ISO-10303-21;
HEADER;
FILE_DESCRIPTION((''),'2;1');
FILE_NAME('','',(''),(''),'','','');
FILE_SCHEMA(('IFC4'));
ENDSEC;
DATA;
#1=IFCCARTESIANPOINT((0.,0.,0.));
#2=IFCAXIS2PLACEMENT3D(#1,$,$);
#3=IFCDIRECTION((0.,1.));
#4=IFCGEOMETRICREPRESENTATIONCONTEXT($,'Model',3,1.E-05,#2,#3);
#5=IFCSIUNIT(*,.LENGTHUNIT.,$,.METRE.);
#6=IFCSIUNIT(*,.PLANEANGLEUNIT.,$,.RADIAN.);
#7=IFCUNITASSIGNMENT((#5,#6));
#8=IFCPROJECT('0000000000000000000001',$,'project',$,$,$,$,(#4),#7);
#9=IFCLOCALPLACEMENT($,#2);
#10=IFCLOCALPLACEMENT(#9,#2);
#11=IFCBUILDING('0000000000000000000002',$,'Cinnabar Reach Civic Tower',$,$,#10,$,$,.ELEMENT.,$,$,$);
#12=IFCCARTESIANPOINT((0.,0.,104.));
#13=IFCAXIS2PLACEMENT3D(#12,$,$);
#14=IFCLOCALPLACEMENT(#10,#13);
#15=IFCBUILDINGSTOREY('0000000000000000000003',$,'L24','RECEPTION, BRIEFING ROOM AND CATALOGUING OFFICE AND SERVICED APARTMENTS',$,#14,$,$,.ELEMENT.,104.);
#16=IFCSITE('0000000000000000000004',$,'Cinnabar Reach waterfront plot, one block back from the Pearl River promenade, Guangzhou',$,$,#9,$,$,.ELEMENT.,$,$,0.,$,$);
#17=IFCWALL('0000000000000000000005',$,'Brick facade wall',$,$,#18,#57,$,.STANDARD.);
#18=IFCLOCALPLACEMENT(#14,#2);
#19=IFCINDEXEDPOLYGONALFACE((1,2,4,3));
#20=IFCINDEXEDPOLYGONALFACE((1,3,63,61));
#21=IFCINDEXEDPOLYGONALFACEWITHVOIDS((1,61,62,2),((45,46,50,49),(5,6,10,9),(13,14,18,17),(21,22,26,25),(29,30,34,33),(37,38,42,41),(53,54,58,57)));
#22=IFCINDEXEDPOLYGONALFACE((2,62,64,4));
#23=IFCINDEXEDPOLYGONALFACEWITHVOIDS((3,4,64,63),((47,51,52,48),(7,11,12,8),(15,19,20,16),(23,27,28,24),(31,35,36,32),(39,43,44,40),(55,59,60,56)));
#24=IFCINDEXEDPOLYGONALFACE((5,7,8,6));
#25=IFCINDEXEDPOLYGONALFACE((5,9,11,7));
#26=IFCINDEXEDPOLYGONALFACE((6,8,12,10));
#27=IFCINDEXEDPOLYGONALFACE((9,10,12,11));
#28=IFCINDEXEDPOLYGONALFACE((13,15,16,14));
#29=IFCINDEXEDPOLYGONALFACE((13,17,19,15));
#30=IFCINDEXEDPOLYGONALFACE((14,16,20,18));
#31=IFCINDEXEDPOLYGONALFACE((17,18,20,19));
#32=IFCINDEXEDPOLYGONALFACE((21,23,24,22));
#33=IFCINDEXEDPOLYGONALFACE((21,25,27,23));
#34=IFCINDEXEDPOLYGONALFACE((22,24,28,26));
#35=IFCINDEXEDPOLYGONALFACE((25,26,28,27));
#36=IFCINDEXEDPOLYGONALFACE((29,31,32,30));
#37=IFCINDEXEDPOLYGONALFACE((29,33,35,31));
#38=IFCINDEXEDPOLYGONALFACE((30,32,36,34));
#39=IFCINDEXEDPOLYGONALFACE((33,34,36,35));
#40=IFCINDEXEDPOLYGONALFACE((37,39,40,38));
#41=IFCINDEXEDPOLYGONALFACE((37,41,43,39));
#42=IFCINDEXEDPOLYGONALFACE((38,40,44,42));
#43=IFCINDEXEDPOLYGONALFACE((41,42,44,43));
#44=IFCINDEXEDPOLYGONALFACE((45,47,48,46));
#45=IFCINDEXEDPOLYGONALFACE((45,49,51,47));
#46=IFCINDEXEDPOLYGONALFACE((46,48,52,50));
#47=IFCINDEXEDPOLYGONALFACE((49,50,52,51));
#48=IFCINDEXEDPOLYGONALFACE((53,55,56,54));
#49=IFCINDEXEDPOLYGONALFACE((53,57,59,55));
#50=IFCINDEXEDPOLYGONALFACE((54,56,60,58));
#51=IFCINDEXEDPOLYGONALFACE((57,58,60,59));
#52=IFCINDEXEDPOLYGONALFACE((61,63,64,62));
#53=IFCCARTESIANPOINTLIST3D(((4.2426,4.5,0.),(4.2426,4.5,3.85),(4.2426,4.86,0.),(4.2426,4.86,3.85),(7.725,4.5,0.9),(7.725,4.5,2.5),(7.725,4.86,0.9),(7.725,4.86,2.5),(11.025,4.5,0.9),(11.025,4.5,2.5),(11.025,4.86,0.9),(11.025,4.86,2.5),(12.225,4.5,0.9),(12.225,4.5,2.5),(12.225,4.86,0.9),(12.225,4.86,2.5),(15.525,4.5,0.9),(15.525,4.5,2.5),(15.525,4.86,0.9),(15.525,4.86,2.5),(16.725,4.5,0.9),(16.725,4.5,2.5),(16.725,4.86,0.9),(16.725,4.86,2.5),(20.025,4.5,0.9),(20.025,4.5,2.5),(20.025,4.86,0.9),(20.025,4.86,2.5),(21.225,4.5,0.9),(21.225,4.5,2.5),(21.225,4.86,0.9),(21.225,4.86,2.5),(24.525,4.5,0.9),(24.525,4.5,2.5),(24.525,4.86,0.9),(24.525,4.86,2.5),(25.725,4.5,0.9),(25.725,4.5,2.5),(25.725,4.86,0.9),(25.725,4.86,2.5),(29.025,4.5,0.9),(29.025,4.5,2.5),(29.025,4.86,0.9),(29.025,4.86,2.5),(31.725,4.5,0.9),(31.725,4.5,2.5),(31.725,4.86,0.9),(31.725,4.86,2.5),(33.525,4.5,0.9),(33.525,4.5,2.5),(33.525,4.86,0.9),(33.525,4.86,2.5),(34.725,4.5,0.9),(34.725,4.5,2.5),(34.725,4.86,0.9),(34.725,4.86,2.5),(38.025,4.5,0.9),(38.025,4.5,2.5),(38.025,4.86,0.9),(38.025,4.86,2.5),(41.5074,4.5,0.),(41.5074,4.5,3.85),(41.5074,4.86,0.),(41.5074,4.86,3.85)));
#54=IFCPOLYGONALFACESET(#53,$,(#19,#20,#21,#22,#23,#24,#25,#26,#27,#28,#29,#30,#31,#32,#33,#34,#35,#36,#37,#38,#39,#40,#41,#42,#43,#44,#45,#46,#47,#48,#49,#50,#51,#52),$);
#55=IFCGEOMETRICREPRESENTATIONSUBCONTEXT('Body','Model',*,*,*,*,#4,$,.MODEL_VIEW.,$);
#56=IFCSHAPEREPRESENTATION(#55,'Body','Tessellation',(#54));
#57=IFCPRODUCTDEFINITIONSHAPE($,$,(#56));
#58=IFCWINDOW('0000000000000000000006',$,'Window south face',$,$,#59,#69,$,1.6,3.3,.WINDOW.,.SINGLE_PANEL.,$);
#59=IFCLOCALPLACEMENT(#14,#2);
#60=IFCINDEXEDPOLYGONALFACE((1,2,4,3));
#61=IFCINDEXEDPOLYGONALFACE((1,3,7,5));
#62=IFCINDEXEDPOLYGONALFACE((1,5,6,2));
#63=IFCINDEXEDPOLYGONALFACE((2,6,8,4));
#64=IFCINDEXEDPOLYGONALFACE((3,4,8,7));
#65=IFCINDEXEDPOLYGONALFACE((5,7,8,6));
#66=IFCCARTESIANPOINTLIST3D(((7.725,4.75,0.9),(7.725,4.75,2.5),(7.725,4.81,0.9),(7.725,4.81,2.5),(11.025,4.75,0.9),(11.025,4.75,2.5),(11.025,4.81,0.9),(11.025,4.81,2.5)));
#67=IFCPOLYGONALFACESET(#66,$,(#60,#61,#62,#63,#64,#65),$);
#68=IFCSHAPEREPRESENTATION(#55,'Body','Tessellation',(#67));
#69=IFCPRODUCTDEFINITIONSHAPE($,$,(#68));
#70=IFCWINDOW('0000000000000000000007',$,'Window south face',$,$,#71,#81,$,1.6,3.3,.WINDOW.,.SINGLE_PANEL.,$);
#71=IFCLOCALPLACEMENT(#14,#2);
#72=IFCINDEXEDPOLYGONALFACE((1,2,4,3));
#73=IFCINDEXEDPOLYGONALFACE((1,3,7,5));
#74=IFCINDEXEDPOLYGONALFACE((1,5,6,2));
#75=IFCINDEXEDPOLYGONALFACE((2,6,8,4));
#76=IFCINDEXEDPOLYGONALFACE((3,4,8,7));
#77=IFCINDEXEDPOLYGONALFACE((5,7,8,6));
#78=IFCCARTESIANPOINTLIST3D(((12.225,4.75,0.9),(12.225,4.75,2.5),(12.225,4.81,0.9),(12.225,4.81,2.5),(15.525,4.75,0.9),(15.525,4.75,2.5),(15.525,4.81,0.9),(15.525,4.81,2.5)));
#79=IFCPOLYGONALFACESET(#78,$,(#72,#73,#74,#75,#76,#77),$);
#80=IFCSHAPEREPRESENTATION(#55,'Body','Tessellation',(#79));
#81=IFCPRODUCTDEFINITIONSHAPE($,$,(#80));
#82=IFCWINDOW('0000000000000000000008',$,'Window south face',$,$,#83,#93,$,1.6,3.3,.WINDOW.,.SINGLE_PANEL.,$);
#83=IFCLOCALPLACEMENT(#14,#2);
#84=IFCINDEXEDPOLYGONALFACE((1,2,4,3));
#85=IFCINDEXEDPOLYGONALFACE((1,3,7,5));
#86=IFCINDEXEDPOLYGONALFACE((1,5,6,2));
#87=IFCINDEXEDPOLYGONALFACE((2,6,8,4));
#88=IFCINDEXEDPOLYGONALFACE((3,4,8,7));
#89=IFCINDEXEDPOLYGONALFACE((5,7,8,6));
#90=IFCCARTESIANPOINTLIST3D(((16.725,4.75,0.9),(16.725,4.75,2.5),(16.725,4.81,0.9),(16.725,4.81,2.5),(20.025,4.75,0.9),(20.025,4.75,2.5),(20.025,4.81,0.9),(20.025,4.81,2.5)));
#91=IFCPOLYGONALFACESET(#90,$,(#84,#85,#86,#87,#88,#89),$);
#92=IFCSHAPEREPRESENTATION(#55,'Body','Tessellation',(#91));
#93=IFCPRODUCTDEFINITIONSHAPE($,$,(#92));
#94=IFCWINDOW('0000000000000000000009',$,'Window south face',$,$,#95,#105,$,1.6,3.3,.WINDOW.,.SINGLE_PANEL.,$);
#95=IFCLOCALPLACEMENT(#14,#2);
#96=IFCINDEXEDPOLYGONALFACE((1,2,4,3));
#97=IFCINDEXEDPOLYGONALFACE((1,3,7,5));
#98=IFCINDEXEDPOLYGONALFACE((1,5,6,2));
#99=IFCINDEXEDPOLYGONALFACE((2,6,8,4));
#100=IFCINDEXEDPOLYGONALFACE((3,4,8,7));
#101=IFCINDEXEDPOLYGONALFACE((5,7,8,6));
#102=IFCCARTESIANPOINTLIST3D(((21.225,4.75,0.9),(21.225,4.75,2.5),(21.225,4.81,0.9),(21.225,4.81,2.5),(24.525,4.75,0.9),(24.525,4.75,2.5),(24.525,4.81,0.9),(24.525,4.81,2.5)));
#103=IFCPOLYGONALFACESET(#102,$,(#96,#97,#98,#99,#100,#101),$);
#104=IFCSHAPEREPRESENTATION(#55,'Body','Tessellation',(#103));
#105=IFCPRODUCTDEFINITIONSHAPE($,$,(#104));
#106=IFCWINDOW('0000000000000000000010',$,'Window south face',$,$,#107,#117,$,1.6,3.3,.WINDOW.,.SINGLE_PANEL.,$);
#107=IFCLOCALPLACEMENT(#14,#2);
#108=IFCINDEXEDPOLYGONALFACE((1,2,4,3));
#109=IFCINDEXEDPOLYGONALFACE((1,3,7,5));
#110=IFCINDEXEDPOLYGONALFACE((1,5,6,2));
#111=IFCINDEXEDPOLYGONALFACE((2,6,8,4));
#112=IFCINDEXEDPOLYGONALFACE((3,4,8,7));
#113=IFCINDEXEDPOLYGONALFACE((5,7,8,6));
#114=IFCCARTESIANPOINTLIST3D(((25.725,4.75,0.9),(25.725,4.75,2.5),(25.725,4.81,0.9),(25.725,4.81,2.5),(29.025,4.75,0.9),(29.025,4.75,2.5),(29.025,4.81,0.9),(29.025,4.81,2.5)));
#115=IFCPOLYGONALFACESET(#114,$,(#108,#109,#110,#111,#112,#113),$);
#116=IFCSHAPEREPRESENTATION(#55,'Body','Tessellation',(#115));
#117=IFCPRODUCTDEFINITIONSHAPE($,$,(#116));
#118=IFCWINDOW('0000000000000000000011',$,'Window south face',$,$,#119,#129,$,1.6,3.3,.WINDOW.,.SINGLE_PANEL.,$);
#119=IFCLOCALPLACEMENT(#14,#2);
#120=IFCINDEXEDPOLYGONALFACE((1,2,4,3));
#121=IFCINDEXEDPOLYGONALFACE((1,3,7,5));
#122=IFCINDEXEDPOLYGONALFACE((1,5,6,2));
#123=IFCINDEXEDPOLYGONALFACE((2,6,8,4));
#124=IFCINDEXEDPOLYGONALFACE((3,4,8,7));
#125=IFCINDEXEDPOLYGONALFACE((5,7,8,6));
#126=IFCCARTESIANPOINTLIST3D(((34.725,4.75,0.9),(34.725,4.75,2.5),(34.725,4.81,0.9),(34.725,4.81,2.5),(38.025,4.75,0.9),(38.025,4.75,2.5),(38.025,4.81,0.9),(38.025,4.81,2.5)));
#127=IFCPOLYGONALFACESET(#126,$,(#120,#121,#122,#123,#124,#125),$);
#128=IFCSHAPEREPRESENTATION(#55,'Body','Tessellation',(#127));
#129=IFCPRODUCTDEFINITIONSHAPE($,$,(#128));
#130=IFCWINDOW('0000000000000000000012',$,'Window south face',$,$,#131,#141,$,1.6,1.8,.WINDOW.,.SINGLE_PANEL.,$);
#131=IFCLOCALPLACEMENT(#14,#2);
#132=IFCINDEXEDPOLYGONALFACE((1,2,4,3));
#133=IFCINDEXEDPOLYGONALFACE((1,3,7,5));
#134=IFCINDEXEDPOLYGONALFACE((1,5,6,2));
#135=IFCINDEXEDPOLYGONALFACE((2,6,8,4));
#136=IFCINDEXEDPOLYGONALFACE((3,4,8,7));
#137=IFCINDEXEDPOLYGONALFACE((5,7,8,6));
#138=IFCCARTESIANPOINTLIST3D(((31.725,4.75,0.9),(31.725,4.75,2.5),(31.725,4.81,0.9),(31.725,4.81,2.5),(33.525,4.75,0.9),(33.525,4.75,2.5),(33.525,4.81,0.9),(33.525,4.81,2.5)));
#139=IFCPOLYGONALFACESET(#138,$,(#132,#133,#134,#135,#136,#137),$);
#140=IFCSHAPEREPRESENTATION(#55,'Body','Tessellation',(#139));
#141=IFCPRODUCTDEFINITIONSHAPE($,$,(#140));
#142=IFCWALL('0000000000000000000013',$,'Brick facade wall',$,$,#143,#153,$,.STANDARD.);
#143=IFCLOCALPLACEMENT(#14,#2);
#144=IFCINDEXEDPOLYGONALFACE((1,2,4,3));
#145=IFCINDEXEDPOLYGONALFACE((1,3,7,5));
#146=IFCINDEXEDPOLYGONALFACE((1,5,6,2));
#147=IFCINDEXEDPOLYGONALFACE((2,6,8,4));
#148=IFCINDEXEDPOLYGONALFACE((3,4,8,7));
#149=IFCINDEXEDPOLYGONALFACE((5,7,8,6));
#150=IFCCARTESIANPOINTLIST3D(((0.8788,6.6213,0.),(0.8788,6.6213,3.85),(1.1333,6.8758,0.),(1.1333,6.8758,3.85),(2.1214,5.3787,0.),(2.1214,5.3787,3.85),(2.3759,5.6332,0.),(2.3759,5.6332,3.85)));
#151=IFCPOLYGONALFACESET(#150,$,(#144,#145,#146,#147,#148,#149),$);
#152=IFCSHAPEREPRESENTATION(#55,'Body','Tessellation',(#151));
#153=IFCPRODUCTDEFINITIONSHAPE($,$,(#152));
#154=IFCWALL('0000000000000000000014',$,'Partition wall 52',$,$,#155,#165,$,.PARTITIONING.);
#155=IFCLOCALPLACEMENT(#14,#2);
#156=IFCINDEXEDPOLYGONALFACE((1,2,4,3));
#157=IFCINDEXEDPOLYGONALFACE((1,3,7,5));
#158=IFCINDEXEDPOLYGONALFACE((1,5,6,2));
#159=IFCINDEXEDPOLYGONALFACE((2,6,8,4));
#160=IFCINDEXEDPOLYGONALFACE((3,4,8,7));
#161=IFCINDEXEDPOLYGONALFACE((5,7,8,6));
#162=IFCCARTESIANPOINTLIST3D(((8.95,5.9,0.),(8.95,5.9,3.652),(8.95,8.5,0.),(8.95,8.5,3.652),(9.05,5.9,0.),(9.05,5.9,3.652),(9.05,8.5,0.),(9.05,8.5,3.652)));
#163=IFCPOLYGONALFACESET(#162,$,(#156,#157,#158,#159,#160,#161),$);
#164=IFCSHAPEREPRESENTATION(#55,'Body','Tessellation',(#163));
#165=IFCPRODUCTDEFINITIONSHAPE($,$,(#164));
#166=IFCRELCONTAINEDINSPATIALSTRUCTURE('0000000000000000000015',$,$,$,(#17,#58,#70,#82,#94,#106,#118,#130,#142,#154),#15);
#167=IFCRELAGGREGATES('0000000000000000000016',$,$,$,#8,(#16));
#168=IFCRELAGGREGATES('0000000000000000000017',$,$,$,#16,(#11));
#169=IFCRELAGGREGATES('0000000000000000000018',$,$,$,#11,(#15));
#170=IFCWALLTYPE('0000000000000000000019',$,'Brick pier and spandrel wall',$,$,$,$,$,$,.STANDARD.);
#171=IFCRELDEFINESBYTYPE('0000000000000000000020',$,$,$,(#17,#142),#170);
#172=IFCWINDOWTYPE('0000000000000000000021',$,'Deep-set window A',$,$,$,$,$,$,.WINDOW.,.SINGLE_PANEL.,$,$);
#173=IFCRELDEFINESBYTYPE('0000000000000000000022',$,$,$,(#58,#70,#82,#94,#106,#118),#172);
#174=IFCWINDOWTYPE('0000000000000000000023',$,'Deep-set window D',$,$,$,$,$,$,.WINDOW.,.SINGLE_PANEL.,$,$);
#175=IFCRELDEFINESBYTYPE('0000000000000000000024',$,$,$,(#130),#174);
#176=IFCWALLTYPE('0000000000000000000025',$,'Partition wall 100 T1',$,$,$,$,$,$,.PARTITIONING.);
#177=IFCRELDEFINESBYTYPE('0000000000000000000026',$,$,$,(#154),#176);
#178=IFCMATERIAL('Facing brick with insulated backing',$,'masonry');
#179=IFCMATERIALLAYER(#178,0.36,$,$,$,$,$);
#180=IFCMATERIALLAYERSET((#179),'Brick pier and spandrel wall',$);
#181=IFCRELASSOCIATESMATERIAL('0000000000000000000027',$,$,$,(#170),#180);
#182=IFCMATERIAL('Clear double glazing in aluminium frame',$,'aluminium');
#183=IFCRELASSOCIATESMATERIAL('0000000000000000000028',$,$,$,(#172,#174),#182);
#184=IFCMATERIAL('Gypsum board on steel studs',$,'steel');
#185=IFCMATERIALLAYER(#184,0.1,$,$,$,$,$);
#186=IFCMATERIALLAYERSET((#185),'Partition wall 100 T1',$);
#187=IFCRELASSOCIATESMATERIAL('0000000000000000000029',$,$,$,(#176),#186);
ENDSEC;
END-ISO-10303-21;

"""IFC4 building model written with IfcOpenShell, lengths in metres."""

from ifc_helpers import new_model, si_unit, direction, frame, frame_2d, origin, place, context, subcontext, project, spatial, rectangle, extrude, material, layer, layer_set, type_object, element, fill, save


model = new_model("IFC4")

# Units and contexts
model_context = context("Model", 3, precision=1e-05, world=origin(), true_north=direction((0.0, 1.0)))
body_context = subcontext(model_context, "Body", "Model", "MODEL_VIEW")
ifc_project = project(units=[si_unit("LENGTHUNIT", "METRE"), si_unit("PLANEANGLEUNIT", "RADIAN")], contexts=[model_context])

# Site, building, storey
site_placement = place(None, origin())
site = spatial("IfcSite", under=ifc_project, at=site_placement, Name="Cinnabar Reach waterfront plot, one block back from the Pearl River promenade, Guangzhou", CompositionType="ELEMENT", RefElevation=0.0)
building_placement = place(site_placement, origin())
building = spatial("IfcBuilding", under=site, at=building_placement, Name="Cinnabar Reach Civic Tower", CompositionType="ELEMENT")
storey_placement = place(building_placement, frame((0.0, 0.0, 104.0)))
storey = spatial("IfcBuildingStorey", under=building, at=storey_placement, Name="L24", Description="RECEPTION, BRIEFING ROOM AND CATALOGUING OFFICE AND SERVICED APARTMENTS", CompositionType="ELEMENT", Elevation=104.0)

# Shared definitions
ifc_material_1 = material(Name="Facing brick with insulated backing", Category="masonry")

# Wall, openings, windows
ifc_layer_1 = layer(ifc_material_1, 0.36)
ifc_layer_set_1 = layer_set([ifc_layer_1], Name="Brick pier and spandrel wall")
wall_type_1 = type_object("IfcWallType", Name="Brick pier and spandrel wall", PredefinedType="STANDARD", material=ifc_layer_set_1)
wall_1_placement = place(storey_placement, frame((4.2426, 4.68, 0.0), z_axis=(0.0, 0.0, 1.0), x_axis=(1.0, 0.0, 0.0)))
wall_1 = element("IfcWall", 1, at=wall_1_placement, inside=storey, type_object=wall_type_1, Name="Brick facade wall", PredefinedType="STANDARD", context=body_context, shape_type="SweptSolid", body=[
    extrude(rectangle(XDim=37.2648, YDim=0.36, at=frame_2d((18.6324, 0.0))), origin(), (0.0, 0.0, 1.0), 3.85),
])
opening_1_placement = place(wall_1_placement, frame((3.4824, 0.0, 0.9)))
opening_1 = element("IfcOpeningElement", 2, at=opening_1_placement, cuts=wall_1, PredefinedType="OPENING", context=body_context, shape_type="SweptSolid", body=[
    extrude(rectangle(XDim=3.3, YDim=1.6, at=frame_2d((1.65, 0.8))), frame((0.0, 0.19, 0.0), z_axis=(0.0, -1.0, 0.0), x_axis=(1.0, 0.0, 0.0)), (0.0, 0.0, 1.0), 0.38),
])
opening_2_placement = place(wall_1_placement, frame((7.9824, 0.0, 0.9)))
opening_2 = element("IfcOpeningElement", 3, at=opening_2_placement, cuts=wall_1, PredefinedType="OPENING", context=body_context, shape_type="SweptSolid", body=[
    extrude(rectangle(XDim=3.3, YDim=1.6, at=frame_2d((1.65, 0.8))), frame((0.0, 0.19, 0.0), z_axis=(0.0, -1.0, 0.0), x_axis=(1.0, 0.0, 0.0)), (0.0, 0.0, 1.0), 0.38),
])
opening_3_placement = place(wall_1_placement, frame((12.4824, 0.0, 0.9)))
opening_3 = element("IfcOpeningElement", 4, at=opening_3_placement, cuts=wall_1, PredefinedType="OPENING", context=body_context, shape_type="SweptSolid", body=[
    extrude(rectangle(XDim=3.3, YDim=1.6, at=frame_2d((1.65, 0.8))), frame((0.0, 0.19, 0.0), z_axis=(0.0, -1.0, 0.0), x_axis=(1.0, 0.0, 0.0)), (0.0, 0.0, 1.0), 0.38),
])
opening_4_placement = place(wall_1_placement, frame((16.9824, 0.0, 0.9)))
opening_4 = element("IfcOpeningElement", 5, at=opening_4_placement, cuts=wall_1, PredefinedType="OPENING", context=body_context, shape_type="SweptSolid", body=[
    extrude(rectangle(XDim=3.3, YDim=1.6, at=frame_2d((1.65, 0.8))), frame((0.0, 0.19, 0.0), z_axis=(0.0, -1.0, 0.0), x_axis=(1.0, 0.0, 0.0)), (0.0, 0.0, 1.0), 0.38),
])
opening_5_placement = place(wall_1_placement, frame((21.4824, 0.0, 0.9)))
opening_5 = element("IfcOpeningElement", 6, at=opening_5_placement, cuts=wall_1, PredefinedType="OPENING", context=body_context, shape_type="SweptSolid", body=[
    extrude(rectangle(XDim=3.3, YDim=1.6, at=frame_2d((1.65, 0.8))), frame((0.0, 0.19, 0.0), z_axis=(0.0, -1.0, 0.0), x_axis=(1.0, 0.0, 0.0)), (0.0, 0.0, 1.0), 0.38),
])
opening_6_placement = place(wall_1_placement, frame((27.4824, 0.0, 0.9)))
opening_6 = element("IfcOpeningElement", 7, at=opening_6_placement, cuts=wall_1, PredefinedType="OPENING", context=body_context, shape_type="SweptSolid", body=[
    extrude(rectangle(XDim=1.8, YDim=1.6, at=frame_2d((0.9, 0.8))), frame((0.0, 0.19, 0.0), z_axis=(0.0, -1.0, 0.0), x_axis=(1.0, 0.0, 0.0)), (0.0, 0.0, 1.0), 0.38),
])
opening_7_placement = place(wall_1_placement, frame((30.4824, 0.0, 0.9)))
opening_7 = element("IfcOpeningElement", 8, at=opening_7_placement, cuts=wall_1, PredefinedType="OPENING", context=body_context, shape_type="SweptSolid", body=[
    extrude(rectangle(XDim=3.3, YDim=1.6, at=frame_2d((1.65, 0.8))), frame((0.0, 0.19, 0.0), z_axis=(0.0, -1.0, 0.0), x_axis=(1.0, 0.0, 0.0)), (0.0, 0.0, 1.0), 0.38),
])
ifc_material_2 = material(Name="Clear double glazing in aluminium frame", Category="aluminium")
window_type_1 = type_object("IfcWindowType", Name="Deep-set window A", PartitioningType="SINGLE_PANEL", PredefinedType="WINDOW", material=ifc_material_2)
window_1_placement = place(opening_1_placement, origin())
window_1 = element("IfcWindow", 9, at=window_1_placement, inside=storey, type_object=window_type_1, Name="Window south face", OverallHeight=1.6, OverallWidth=3.3, PartitioningType="SINGLE_PANEL", PredefinedType="WINDOW", context=body_context, shape_type="SweptSolid", body=[
    extrude(rectangle(XDim=3.3, YDim=1.6, at=frame_2d((1.65, 0.8))), frame((0.0, 0.13, 0.0), z_axis=(0.0, -1.0, 0.0), x_axis=(1.0, 0.0, 0.0)), (0.0, 0.0, 1.0), 0.06),
])
fill(opening_1, window_1)
window_2_placement = place(opening_2_placement, origin())
window_2 = element("IfcWindow", 10, at=window_2_placement, inside=storey, type_object=window_type_1, Name="Window south face", OverallHeight=1.6, OverallWidth=3.3, PartitioningType="SINGLE_PANEL", PredefinedType="WINDOW", context=body_context, shape_type="SweptSolid", body=[
    extrude(rectangle(XDim=3.3, YDim=1.6, at=frame_2d((1.65, 0.8))), frame((0.0, 0.13, 0.0), z_axis=(0.0, -1.0, 0.0), x_axis=(1.0, 0.0, 0.0)), (0.0, 0.0, 1.0), 0.06),
])
fill(opening_2, window_2)
window_3_placement = place(opening_3_placement, origin())
window_3 = element("IfcWindow", 11, at=window_3_placement, inside=storey, type_object=window_type_1, Name="Window south face", OverallHeight=1.6, OverallWidth=3.3, PartitioningType="SINGLE_PANEL", PredefinedType="WINDOW", context=body_context, shape_type="SweptSolid", body=[
    extrude(rectangle(XDim=3.3, YDim=1.6, at=frame_2d((1.65, 0.8))), frame((0.0, 0.13, 0.0), z_axis=(0.0, -1.0, 0.0), x_axis=(1.0, 0.0, 0.0)), (0.0, 0.0, 1.0), 0.06),
])
fill(opening_3, window_3)
window_4_placement = place(opening_4_placement, origin())
window_4 = element("IfcWindow", 12, at=window_4_placement, inside=storey, type_object=window_type_1, Name="Window south face", OverallHeight=1.6, OverallWidth=3.3, PartitioningType="SINGLE_PANEL", PredefinedType="WINDOW", context=body_context, shape_type="SweptSolid", body=[
    extrude(rectangle(XDim=3.3, YDim=1.6, at=frame_2d((1.65, 0.8))), frame((0.0, 0.13, 0.0), z_axis=(0.0, -1.0, 0.0), x_axis=(1.0, 0.0, 0.0)), (0.0, 0.0, 1.0), 0.06),
])
fill(opening_4, window_4)
window_5_placement = place(opening_5_placement, origin())
window_5 = element("IfcWindow", 13, at=window_5_placement, inside=storey, type_object=window_type_1, Name="Window south face", OverallHeight=1.6, OverallWidth=3.3, PartitioningType="SINGLE_PANEL", PredefinedType="WINDOW", context=body_context, shape_type="SweptSolid", body=[
    extrude(rectangle(XDim=3.3, YDim=1.6, at=frame_2d((1.65, 0.8))), frame((0.0, 0.13, 0.0), z_axis=(0.0, -1.0, 0.0), x_axis=(1.0, 0.0, 0.0)), (0.0, 0.0, 1.0), 0.06),
])
fill(opening_5, window_5)
window_6_placement = place(opening_7_placement, origin())
window_6 = element("IfcWindow", 14, at=window_6_placement, inside=storey, type_object=window_type_1, Name="Window south face", OverallHeight=1.6, OverallWidth=3.3, PartitioningType="SINGLE_PANEL", PredefinedType="WINDOW", context=body_context, shape_type="SweptSolid", body=[
    extrude(rectangle(XDim=3.3, YDim=1.6, at=frame_2d((1.65, 0.8))), frame((0.0, 0.13, 0.0), z_axis=(0.0, -1.0, 0.0), x_axis=(1.0, 0.0, 0.0)), (0.0, 0.0, 1.0), 0.06),
])
fill(opening_7, window_6)
window_type_2 = type_object("IfcWindowType", Name="Deep-set window D", PartitioningType="SINGLE_PANEL", PredefinedType="WINDOW", material=ifc_material_2)
window_7_placement = place(opening_6_placement, origin())
window_7 = element("IfcWindow", 15, at=window_7_placement, inside=storey, type_object=window_type_2, Name="Window south face", OverallHeight=1.6, OverallWidth=1.8, PartitioningType="SINGLE_PANEL", PredefinedType="WINDOW", context=body_context, shape_type="SweptSolid", body=[
    extrude(rectangle(XDim=1.8, YDim=1.6, at=frame_2d((0.9, 0.8))), frame((0.0, 0.13, 0.0), z_axis=(0.0, -1.0, 0.0), x_axis=(1.0, 0.0, 0.0)), (0.0, 0.0, 1.0), 0.06),
])
fill(opening_6, window_7)

# Walls
wall_2_placement = place(storey_placement, frame((1.006, 6.7486, 0.0), z_axis=(0.0, 0.0, 1.0), x_axis=(0.707107, -0.707107, 0.0)))
element("IfcWall", 16, at=wall_2_placement, inside=storey, type_object=wall_type_1, Name="Brick facade wall", PredefinedType="STANDARD", context=body_context, shape_type="SweptSolid", body=[
    extrude(rectangle(XDim=1.7573, YDim=0.36, at=frame_2d((0.8787, 0.0))), origin(), (0.0, 0.0, 1.0), 3.85),
])
ifc_material_3 = material(Name="Gypsum board on steel studs", Category="steel")
ifc_layer_2 = layer(ifc_material_3, 0.1)
ifc_layer_set_2 = layer_set([ifc_layer_2], Name="Partition wall 100 T1")
wall_type_2 = type_object("IfcWallType", Name="Partition wall 100 T1", PredefinedType="PARTITIONING", material=ifc_layer_set_2)
wall_3_placement = place(storey_placement, frame((9.0, 5.9, 0.0), z_axis=(0.0, 0.0, 1.0), x_axis=(0.0, 1.0, 0.0)))
element("IfcWall", 17, at=wall_3_placement, inside=storey, type_object=wall_type_2, Name="Partition wall 52", PredefinedType="PARTITIONING", context=body_context, shape_type="SweptSolid", body=[
    extrude(rectangle(XDim=2.6, YDim=0.1, at=frame_2d((1.3, 0.0))), origin(), (0.0, 0.0, 1.0), 3.652),
])

save(model, "model.ifc")
